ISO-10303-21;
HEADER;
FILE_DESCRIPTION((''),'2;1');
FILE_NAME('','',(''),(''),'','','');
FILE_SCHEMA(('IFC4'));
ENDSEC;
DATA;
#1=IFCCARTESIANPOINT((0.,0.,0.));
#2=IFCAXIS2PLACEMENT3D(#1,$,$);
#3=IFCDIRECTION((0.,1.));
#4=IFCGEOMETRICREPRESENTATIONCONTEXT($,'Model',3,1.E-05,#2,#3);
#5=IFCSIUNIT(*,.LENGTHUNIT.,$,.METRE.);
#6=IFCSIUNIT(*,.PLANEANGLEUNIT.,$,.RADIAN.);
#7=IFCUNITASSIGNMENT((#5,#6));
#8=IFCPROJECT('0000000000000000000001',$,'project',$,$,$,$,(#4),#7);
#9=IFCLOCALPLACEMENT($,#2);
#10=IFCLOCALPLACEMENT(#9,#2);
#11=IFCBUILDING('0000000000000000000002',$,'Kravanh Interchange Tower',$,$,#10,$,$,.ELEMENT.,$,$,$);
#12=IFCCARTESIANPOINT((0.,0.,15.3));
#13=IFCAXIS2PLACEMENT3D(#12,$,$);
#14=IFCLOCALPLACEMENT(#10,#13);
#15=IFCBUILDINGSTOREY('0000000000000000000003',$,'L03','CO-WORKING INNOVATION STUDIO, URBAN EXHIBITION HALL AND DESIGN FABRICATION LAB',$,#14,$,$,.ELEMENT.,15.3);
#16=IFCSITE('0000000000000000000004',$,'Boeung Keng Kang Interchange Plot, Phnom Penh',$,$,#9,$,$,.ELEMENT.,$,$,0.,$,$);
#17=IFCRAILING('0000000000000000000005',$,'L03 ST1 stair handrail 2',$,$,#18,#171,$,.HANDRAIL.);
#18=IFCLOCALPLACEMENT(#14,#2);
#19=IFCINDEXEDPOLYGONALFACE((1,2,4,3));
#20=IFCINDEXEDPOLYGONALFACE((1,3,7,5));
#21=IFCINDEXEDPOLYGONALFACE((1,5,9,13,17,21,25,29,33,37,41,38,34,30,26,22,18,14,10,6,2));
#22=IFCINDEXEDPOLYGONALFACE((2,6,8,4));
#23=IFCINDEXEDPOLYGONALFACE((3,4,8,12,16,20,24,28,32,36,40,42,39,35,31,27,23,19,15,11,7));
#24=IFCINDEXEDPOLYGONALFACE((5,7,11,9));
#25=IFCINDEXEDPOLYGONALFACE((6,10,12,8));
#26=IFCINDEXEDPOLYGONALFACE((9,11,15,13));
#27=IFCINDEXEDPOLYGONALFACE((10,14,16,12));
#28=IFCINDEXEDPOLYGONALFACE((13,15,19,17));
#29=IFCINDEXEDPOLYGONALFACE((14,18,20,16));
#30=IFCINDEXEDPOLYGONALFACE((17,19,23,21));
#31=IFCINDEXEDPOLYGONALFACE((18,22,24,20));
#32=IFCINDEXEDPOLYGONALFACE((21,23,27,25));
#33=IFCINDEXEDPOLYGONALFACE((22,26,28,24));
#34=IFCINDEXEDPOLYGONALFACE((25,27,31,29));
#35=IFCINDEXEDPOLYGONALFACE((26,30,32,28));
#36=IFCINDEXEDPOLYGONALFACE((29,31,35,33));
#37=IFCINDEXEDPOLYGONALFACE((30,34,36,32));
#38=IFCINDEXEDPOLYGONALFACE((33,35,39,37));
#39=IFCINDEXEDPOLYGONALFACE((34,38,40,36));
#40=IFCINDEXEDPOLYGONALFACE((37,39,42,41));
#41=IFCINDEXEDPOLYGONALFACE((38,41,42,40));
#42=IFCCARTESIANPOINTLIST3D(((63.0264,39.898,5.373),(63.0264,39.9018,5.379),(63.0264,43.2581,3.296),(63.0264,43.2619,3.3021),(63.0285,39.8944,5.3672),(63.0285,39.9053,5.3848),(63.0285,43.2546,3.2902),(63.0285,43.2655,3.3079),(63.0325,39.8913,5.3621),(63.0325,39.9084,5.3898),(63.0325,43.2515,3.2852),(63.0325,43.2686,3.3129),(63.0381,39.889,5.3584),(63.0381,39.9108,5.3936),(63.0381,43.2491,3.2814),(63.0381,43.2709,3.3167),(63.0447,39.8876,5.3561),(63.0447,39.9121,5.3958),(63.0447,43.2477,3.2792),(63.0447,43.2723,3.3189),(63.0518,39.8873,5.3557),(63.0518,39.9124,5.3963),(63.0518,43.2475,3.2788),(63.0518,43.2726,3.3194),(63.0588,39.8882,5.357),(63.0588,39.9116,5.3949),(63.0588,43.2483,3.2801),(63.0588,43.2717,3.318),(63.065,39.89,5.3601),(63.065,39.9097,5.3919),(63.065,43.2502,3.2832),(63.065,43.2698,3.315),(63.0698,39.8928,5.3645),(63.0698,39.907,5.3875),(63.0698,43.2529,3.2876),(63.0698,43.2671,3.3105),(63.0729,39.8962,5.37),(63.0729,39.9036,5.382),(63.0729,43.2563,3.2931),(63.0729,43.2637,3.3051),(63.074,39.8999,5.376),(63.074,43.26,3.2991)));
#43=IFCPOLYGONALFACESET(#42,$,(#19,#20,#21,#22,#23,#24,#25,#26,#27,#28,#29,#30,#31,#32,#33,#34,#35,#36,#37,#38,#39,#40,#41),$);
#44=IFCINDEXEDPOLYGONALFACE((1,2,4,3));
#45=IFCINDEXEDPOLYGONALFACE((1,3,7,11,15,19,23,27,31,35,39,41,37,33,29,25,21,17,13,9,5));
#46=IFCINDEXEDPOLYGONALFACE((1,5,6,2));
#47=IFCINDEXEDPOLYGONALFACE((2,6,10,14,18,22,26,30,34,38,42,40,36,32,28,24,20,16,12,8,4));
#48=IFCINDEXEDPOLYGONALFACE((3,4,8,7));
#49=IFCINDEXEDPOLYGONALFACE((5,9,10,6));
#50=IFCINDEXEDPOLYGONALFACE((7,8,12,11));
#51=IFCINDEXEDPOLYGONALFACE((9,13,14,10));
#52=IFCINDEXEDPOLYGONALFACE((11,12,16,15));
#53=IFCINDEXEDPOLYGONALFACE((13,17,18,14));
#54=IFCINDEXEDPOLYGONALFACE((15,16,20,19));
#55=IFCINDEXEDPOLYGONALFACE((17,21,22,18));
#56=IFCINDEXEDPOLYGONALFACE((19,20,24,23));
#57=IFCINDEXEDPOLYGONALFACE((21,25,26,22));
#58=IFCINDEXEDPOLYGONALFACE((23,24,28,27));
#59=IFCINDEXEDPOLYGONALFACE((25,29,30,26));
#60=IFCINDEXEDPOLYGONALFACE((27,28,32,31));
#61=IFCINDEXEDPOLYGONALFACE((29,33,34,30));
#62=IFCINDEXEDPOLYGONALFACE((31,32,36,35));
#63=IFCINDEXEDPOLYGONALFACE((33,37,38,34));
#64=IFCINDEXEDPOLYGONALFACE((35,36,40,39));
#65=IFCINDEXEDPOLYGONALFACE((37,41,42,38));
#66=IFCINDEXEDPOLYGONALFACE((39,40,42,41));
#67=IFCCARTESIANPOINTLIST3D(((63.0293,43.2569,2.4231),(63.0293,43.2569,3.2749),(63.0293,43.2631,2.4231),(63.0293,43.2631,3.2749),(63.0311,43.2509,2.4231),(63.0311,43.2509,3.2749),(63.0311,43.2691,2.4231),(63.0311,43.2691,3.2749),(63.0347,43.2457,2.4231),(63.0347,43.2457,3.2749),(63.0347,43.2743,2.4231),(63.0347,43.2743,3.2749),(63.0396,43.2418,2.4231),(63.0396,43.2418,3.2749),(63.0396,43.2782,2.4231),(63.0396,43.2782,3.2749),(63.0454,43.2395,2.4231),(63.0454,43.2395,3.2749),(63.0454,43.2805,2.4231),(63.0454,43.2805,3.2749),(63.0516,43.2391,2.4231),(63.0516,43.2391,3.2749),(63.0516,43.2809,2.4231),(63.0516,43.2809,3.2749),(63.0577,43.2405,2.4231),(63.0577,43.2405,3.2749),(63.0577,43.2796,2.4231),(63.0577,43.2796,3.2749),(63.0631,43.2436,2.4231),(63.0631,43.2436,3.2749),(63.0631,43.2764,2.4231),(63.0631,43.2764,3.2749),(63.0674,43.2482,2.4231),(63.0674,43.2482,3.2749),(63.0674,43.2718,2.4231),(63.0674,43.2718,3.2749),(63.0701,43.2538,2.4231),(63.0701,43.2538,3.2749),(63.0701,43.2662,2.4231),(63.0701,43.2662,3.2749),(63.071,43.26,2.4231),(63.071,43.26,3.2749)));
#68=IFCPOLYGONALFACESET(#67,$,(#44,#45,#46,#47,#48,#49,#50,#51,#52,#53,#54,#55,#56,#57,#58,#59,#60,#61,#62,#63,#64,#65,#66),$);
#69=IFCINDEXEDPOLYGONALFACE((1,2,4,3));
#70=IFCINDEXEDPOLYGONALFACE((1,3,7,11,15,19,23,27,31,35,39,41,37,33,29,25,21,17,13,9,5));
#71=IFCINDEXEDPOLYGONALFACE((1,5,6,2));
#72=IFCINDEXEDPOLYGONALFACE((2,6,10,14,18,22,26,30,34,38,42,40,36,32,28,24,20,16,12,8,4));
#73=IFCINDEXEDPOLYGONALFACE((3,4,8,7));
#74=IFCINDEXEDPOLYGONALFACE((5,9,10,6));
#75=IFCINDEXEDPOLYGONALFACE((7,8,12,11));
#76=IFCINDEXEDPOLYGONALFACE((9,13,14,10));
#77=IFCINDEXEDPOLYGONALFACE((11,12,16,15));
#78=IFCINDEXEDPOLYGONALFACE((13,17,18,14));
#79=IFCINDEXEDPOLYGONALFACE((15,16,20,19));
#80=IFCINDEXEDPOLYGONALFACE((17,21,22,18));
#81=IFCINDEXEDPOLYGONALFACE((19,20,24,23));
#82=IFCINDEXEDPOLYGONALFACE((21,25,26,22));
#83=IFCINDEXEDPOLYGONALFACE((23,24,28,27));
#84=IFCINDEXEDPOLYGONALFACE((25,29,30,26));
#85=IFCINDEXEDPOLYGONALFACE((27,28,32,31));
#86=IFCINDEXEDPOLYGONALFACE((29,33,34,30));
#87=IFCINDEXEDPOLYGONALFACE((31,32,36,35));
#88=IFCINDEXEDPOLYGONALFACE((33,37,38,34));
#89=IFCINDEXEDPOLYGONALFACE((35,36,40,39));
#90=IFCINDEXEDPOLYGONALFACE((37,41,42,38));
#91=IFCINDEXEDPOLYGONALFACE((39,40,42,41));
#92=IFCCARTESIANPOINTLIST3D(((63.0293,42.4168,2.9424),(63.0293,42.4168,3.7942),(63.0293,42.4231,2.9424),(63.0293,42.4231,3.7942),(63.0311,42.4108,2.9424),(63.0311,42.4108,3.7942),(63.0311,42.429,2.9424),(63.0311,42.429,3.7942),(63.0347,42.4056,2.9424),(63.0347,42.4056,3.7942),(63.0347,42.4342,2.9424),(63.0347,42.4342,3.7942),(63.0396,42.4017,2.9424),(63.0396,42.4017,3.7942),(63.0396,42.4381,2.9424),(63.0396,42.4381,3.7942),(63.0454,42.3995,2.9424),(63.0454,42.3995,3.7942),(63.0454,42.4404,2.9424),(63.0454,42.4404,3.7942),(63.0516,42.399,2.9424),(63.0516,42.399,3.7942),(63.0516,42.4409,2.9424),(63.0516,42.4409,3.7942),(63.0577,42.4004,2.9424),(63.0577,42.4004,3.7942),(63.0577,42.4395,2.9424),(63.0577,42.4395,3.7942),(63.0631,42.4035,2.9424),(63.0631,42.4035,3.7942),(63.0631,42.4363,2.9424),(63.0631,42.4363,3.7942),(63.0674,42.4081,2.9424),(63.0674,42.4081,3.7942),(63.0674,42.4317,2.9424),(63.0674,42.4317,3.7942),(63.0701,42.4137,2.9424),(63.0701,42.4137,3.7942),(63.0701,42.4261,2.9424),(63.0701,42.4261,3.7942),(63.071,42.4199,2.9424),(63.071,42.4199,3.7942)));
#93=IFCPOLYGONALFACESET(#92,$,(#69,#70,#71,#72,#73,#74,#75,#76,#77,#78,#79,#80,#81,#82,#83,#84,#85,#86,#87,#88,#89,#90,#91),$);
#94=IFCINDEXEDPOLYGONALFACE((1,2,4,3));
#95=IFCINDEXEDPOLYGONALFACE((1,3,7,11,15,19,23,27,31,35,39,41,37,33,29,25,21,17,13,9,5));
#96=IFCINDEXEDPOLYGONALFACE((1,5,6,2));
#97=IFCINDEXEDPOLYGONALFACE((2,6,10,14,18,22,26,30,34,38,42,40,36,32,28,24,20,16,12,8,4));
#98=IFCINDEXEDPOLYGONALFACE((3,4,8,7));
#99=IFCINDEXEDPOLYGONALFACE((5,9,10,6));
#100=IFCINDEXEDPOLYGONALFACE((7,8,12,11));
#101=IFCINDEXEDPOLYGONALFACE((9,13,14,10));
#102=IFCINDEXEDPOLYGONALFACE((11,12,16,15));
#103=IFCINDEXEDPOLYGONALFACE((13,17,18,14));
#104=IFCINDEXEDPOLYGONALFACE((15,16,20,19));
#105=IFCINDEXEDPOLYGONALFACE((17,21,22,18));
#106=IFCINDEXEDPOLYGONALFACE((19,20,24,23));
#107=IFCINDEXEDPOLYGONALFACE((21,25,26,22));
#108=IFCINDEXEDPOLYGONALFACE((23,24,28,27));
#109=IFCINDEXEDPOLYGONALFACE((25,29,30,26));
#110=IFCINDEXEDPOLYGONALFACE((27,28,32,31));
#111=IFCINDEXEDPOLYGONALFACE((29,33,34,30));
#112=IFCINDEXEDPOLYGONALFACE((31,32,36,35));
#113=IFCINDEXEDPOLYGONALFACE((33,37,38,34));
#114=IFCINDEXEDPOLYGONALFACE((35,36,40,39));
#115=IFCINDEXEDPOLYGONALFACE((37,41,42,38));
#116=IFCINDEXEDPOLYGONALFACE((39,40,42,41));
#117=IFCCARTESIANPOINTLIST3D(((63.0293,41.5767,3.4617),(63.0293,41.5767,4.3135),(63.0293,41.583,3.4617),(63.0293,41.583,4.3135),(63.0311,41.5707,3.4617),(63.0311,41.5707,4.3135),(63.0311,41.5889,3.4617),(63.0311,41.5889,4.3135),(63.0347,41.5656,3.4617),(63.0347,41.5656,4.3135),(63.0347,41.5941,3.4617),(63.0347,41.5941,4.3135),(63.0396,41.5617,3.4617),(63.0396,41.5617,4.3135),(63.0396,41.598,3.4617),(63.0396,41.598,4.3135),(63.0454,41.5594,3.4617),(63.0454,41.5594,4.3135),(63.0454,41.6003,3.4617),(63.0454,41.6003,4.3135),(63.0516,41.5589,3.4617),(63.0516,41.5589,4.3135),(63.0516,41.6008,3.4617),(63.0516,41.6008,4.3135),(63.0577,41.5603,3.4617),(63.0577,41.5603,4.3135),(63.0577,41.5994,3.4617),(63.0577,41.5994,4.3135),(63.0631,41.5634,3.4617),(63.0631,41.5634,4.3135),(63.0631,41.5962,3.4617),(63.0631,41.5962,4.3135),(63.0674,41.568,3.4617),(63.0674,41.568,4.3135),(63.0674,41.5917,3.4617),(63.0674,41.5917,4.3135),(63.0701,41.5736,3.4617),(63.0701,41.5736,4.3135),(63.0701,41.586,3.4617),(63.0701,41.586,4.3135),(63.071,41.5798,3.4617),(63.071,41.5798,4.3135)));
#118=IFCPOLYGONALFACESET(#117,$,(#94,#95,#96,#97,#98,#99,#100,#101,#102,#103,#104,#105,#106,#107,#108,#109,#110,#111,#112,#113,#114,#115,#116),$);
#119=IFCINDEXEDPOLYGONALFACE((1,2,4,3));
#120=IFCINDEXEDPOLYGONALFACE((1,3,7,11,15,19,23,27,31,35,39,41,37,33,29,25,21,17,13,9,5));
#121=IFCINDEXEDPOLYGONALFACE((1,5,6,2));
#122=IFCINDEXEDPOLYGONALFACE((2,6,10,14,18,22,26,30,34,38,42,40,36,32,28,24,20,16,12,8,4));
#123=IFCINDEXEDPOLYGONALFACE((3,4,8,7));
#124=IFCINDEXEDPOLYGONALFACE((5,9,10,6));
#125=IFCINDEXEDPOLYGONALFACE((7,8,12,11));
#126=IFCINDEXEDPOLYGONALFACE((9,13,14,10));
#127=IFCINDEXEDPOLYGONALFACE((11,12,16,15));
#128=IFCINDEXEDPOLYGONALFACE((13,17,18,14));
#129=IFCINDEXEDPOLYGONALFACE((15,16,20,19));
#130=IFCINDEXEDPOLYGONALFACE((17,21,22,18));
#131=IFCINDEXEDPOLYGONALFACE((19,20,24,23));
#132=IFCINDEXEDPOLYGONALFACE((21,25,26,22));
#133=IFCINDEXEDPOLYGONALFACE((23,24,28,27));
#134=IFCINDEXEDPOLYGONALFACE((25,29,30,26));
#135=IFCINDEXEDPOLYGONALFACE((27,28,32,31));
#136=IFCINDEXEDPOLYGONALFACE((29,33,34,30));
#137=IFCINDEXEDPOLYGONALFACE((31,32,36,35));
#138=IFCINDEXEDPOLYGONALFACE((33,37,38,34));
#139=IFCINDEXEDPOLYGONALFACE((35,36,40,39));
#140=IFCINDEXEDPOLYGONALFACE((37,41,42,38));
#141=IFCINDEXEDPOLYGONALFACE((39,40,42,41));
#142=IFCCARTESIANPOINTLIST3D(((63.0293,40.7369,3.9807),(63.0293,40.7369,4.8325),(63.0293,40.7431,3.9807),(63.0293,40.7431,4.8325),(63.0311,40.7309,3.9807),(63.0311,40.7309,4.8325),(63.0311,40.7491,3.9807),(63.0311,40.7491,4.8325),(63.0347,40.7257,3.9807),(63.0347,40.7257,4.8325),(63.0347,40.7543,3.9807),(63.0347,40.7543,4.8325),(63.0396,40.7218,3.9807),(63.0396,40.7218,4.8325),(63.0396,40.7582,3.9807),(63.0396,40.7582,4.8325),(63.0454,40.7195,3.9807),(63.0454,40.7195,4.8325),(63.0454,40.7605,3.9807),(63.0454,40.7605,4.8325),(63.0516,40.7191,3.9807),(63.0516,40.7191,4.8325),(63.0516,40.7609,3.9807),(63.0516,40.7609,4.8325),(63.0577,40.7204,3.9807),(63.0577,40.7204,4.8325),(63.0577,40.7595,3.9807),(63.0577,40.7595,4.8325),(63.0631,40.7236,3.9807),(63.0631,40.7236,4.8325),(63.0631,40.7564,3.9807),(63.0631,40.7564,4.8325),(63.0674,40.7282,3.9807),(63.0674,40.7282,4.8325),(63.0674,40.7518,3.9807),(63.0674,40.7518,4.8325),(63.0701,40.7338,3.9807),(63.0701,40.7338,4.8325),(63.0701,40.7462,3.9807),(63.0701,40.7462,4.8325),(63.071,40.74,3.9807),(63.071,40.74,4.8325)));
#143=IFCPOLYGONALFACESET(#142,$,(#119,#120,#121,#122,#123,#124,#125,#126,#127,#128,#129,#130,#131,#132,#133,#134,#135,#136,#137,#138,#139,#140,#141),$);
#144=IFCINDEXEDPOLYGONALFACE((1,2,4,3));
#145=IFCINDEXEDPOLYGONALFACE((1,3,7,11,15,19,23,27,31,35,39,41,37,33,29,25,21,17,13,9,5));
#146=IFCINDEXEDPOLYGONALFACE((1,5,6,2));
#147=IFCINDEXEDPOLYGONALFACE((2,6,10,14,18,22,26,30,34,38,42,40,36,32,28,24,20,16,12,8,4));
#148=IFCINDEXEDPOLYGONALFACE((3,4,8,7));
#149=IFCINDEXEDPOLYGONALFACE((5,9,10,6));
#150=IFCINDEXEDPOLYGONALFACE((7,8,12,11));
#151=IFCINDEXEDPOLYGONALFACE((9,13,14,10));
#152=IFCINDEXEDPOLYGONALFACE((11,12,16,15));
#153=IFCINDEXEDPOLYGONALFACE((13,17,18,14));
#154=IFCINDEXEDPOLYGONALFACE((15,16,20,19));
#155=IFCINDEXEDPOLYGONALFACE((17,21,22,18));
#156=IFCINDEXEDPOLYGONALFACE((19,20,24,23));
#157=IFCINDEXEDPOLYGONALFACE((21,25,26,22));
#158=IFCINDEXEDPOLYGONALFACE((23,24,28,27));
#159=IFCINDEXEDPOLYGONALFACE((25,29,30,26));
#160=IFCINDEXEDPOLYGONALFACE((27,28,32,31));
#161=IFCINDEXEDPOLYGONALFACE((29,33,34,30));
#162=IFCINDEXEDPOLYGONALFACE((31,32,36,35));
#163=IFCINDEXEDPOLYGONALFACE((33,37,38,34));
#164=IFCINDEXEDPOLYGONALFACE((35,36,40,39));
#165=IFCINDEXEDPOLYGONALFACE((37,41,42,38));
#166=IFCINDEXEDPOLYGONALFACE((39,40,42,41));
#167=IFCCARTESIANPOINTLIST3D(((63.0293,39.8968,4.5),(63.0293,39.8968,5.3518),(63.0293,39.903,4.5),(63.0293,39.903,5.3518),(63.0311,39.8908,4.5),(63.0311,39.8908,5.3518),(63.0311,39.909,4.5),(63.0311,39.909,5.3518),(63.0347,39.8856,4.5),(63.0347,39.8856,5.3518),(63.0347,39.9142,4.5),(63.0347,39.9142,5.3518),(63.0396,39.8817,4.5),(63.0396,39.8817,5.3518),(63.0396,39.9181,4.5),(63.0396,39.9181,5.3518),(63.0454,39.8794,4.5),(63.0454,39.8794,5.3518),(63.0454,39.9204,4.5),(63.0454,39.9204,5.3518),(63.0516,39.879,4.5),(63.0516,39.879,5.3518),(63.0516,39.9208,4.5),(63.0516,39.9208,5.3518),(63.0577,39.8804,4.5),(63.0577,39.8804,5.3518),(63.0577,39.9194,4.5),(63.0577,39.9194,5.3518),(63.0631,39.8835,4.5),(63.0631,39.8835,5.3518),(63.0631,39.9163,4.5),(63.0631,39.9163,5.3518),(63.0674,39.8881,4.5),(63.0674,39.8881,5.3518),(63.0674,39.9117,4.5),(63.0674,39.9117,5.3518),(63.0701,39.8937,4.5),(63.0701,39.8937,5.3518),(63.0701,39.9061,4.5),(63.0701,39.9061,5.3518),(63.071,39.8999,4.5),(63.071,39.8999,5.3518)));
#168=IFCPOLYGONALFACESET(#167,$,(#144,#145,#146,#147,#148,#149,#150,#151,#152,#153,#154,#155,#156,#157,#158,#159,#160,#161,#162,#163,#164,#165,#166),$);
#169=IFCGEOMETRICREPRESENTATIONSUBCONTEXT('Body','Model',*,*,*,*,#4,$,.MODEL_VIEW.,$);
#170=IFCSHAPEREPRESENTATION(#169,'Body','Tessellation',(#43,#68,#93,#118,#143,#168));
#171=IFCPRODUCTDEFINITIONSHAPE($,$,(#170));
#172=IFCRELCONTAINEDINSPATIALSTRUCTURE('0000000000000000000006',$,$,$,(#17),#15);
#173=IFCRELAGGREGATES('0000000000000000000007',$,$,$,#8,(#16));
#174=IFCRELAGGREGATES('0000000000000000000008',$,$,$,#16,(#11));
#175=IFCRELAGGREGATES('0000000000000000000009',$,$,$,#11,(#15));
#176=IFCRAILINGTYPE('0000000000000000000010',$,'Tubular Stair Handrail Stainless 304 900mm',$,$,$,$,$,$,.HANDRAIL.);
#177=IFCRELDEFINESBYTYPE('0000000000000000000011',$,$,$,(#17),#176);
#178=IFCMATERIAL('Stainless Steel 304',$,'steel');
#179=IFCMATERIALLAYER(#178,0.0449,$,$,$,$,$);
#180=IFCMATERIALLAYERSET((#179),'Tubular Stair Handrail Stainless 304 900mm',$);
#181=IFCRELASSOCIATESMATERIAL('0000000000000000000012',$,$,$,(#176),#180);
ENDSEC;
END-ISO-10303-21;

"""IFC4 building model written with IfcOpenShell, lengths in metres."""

from ifc_helpers import new_model, si_unit, direction, frame, origin, origin_2d, place, context, subcontext, project, spatial, circle, extrude, material, layer, layer_set, type_object, element, save


model = new_model("IFC4")

# Units and contexts
model_context = context("Model", 3, precision=1e-05, world=origin(), true_north=direction((0.0, 1.0)))
body_context = subcontext(model_context, "Body", "Model", "MODEL_VIEW")
ifc_project = project(units=[si_unit("LENGTHUNIT", "METRE"), si_unit("PLANEANGLEUNIT", "RADIAN")], contexts=[model_context])

# Site, building, storey
site_placement = place(None, origin())
site = spatial("IfcSite", under=ifc_project, at=site_placement, Name="Boeung Keng Kang Interchange Plot, Phnom Penh", CompositionType="ELEMENT", RefElevation=0.0)
building_placement = place(site_placement, origin())
building = spatial("IfcBuilding", under=site, at=building_placement, Name="Kravanh Interchange Tower", CompositionType="ELEMENT")
storey_placement = place(building_placement, frame((0.0, 0.0, 15.3)))
storey = spatial("IfcBuildingStorey", under=building, at=storey_placement, Name="L03", Description="CO-WORKING INNOVATION STUDIO, URBAN EXHIBITION HALL AND DESIGN FABRICATION LAB", CompositionType="ELEMENT", Elevation=15.3)

# Railing
ifc_material_1 = material(Name="Stainless Steel 304", Category="steel")
ifc_layer_1 = layer(ifc_material_1, 0.0449)
ifc_layer_set_1 = layer_set([ifc_layer_1], Name="Tubular Stair Handrail Stainless 304 900mm")
railing_type_1 = type_object("IfcRailingType", Name="Tubular Stair Handrail Stainless 304 900mm", PredefinedType="HANDRAIL", material=ifc_layer_set_1)
railing_1_placement = place(storey_placement, frame((63.05, 43.26, 2.4231)))
element("IfcRailing", 1, at=railing_1_placement, inside=storey, type_object=railing_type_1, Name="L03 ST1 stair handrail 2", PredefinedType="HANDRAIL", context=body_context, shape_type="SweptSolid", body=[
    extrude(circle(Radius=0.0239, at=origin_2d()), frame((0.0, 0.0, 0.876), z_axis=(0.0, -0.850623, 0.525776), x_axis=(1.0, 0.0, 0.0)), (0.0, 0.0, 1.0), 3.9502),
    extrude(circle(Radius=0.021, at=origin_2d()), origin(), (0.0, 0.0, 1.0), 0.8518),
    extrude(circle(Radius=0.021, at=origin_2d()), frame((0.0, -0.8401, 0.5193)), (0.0, 0.0, 1.0), 0.8518),
    extrude(circle(Radius=0.021, at=origin_2d()), frame((0.0, -1.6802, 1.0386)), (0.0, 0.0, 1.0), 0.8518),
    extrude(circle(Radius=0.021, at=origin_2d()), frame((0.0, -2.52, 1.5576)), (0.0, 0.0, 1.0), 0.8518),
    extrude(circle(Radius=0.021, at=origin_2d()), frame((0.0, -3.3601, 2.0769)), (0.0, 0.0, 1.0), 0.8518),
])

save(model, "model.ifc")
